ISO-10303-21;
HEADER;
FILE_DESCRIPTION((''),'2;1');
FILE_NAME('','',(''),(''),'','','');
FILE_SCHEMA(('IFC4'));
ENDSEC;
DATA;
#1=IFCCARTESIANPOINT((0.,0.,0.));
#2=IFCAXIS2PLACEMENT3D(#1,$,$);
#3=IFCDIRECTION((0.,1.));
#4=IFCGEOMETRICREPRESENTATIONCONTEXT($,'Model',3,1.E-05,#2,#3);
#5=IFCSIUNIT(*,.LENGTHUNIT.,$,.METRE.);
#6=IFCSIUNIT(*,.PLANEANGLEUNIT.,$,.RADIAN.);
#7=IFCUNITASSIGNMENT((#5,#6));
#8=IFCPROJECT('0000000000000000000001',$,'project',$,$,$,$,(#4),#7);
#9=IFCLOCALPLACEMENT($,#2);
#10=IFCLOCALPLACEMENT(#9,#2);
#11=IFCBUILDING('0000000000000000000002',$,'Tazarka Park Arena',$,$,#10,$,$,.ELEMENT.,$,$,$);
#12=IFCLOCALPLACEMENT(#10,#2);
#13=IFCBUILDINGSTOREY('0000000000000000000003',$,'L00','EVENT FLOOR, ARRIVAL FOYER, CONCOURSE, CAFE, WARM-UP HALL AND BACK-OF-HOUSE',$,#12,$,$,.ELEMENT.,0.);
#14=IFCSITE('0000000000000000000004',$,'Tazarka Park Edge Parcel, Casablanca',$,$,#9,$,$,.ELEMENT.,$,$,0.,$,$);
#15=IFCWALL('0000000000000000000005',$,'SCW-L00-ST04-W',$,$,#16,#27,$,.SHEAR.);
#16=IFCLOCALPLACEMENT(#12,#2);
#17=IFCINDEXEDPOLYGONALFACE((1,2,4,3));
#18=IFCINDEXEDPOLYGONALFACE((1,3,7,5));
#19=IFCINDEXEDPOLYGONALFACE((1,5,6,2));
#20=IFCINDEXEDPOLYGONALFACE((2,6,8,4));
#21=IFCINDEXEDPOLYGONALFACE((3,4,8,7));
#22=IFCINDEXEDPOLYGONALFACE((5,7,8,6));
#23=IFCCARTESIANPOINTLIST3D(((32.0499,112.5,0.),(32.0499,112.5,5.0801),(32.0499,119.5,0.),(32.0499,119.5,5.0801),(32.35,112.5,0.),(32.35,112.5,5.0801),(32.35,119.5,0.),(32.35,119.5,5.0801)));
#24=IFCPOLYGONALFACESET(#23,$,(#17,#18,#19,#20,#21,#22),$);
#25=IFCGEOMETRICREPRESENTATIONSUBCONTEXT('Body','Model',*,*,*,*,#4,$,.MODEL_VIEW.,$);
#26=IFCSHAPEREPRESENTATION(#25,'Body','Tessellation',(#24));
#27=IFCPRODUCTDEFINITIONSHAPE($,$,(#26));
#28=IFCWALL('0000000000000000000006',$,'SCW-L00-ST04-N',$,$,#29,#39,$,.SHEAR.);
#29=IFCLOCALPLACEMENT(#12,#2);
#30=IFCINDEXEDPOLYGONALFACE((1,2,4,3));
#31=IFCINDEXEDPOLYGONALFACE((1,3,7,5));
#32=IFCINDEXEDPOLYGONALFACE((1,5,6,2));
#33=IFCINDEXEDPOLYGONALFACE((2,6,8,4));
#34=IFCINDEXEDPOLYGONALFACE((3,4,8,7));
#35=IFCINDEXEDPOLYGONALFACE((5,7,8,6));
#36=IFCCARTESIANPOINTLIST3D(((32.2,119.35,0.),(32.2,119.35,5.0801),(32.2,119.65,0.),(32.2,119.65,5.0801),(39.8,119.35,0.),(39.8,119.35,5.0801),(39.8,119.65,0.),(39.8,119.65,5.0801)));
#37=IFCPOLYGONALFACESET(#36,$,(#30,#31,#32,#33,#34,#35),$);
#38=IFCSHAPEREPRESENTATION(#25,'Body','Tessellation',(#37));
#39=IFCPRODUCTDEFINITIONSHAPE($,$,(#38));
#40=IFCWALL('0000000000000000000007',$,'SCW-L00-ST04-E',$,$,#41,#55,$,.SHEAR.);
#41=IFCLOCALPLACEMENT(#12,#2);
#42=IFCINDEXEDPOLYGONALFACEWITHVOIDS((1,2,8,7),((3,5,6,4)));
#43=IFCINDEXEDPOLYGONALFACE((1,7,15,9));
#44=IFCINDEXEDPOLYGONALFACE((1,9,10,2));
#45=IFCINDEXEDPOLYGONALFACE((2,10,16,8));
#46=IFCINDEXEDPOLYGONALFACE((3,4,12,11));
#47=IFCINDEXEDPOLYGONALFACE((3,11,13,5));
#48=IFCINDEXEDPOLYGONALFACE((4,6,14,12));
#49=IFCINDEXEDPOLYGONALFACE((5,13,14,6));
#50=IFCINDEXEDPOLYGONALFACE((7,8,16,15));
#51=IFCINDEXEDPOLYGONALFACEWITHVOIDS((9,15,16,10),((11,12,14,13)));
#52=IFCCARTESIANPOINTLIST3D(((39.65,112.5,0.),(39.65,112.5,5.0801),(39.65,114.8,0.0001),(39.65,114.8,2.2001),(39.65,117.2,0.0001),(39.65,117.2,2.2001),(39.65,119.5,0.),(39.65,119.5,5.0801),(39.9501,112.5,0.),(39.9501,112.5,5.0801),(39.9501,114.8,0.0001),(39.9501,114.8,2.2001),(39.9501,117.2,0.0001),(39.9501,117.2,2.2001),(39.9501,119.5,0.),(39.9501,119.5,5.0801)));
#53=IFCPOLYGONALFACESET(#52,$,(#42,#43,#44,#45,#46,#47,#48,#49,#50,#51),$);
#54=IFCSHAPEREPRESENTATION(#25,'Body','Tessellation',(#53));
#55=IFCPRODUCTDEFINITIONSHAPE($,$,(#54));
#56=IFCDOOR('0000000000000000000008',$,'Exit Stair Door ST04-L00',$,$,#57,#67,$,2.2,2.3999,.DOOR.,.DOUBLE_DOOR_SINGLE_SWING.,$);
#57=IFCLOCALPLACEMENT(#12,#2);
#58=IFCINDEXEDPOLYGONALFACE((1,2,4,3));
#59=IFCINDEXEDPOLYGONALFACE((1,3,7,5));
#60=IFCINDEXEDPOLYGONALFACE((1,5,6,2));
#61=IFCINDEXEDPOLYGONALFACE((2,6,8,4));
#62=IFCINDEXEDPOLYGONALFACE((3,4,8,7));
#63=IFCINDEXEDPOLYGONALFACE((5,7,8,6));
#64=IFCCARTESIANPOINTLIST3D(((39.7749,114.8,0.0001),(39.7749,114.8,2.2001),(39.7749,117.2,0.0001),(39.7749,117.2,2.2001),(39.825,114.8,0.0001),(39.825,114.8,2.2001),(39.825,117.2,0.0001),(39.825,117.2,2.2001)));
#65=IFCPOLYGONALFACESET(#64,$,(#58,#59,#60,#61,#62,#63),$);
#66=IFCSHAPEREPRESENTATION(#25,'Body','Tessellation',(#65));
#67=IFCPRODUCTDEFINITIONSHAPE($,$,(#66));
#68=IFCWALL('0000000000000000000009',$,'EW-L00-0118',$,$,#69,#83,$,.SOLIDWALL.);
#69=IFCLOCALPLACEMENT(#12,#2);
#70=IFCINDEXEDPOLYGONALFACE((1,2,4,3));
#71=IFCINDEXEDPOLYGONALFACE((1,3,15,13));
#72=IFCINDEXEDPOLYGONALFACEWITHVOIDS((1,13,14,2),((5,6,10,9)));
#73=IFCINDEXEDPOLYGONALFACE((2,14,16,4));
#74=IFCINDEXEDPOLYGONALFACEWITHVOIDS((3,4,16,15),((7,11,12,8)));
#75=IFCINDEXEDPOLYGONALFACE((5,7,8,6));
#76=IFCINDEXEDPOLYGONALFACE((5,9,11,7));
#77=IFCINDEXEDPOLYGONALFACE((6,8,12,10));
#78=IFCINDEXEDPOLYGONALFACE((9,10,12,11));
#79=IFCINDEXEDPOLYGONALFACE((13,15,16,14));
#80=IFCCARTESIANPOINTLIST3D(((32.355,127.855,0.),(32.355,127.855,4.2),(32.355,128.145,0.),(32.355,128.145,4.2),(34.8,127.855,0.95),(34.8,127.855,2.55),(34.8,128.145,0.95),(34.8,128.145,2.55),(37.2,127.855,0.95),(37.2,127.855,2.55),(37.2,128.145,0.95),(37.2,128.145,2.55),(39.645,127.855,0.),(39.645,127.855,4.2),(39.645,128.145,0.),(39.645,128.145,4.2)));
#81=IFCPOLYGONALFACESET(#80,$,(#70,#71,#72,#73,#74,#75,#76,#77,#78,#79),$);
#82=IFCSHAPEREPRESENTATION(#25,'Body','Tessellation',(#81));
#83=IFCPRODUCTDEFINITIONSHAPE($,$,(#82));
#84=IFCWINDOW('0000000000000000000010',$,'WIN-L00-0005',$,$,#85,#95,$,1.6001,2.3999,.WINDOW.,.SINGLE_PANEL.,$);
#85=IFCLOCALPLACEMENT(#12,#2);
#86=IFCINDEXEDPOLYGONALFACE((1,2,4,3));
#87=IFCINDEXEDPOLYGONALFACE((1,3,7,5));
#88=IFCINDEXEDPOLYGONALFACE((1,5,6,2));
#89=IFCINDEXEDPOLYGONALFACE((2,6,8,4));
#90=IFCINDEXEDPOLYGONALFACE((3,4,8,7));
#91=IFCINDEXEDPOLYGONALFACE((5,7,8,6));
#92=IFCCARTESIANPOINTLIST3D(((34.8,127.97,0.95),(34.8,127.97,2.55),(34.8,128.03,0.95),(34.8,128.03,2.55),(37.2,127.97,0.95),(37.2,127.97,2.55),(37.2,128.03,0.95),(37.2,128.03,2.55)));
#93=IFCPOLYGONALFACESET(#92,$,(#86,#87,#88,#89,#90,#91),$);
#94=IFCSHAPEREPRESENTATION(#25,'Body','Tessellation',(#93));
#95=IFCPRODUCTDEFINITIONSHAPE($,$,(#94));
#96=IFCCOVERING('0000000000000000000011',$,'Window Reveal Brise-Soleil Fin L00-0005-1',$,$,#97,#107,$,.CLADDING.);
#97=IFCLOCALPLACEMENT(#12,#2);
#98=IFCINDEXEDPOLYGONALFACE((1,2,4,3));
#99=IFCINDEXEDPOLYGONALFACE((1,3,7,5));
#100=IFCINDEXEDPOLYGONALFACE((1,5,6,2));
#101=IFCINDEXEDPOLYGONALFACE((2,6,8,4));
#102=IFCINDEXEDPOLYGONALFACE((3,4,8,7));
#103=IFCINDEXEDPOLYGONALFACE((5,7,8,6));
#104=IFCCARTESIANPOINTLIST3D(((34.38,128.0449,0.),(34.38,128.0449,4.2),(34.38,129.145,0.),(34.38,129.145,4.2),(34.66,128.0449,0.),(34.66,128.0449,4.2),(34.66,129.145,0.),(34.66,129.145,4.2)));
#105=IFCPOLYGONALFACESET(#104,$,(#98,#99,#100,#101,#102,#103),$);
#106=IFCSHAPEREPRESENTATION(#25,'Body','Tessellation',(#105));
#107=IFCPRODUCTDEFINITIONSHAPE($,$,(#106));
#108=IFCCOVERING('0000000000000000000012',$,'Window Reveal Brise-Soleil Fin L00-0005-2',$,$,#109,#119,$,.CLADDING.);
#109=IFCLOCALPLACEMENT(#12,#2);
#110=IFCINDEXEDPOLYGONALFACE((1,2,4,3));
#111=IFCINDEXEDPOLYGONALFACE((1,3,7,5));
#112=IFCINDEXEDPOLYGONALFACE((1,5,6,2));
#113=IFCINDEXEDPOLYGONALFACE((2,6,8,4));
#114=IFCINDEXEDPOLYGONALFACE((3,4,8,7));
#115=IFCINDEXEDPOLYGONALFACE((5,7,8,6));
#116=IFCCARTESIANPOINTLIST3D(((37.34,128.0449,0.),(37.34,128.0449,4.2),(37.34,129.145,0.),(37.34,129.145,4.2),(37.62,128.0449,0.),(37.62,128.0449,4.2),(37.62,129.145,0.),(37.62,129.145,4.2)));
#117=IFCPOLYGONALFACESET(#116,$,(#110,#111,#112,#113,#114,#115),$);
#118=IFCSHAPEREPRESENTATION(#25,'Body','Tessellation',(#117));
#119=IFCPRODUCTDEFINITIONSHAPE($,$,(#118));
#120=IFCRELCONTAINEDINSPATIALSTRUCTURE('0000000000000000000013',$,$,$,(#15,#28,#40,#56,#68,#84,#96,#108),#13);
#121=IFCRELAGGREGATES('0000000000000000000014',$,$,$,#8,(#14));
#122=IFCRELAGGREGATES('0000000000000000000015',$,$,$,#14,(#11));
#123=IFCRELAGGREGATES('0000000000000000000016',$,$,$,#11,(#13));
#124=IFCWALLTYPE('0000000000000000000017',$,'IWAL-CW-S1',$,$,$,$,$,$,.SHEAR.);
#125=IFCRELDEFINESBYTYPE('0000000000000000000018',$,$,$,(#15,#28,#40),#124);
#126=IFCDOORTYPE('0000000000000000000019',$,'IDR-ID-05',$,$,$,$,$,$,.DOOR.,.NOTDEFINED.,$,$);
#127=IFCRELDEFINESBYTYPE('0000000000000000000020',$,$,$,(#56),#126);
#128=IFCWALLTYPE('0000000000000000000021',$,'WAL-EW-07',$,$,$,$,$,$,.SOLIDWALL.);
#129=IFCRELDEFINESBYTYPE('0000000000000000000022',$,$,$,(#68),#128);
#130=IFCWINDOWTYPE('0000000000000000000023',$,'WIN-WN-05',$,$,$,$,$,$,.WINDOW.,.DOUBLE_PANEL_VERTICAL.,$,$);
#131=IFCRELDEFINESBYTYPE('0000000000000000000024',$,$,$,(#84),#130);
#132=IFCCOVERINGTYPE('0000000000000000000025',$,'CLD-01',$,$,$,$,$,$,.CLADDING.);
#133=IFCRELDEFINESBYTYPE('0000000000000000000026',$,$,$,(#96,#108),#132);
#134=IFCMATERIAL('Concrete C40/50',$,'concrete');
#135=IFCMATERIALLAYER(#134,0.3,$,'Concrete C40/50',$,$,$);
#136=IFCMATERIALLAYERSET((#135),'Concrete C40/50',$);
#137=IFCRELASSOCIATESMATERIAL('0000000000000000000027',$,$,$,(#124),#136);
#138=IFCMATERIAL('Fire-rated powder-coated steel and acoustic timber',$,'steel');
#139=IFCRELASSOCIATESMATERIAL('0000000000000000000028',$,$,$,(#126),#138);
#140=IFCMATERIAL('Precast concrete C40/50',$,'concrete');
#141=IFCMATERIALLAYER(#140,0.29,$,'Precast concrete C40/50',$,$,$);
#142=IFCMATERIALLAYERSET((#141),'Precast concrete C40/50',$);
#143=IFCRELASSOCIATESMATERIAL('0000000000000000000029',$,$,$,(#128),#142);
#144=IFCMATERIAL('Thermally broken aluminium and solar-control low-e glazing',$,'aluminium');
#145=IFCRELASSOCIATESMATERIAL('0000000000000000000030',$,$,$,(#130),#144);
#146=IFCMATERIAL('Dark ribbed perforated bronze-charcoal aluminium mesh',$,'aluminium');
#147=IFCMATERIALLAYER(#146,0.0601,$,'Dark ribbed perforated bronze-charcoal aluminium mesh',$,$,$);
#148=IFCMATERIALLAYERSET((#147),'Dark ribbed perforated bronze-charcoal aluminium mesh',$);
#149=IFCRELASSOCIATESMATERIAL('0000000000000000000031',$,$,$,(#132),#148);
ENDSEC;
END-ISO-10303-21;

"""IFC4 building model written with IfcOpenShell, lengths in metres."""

from ifc_helpers import new_model, si_unit, direction, frame, frame_2d, origin, origin_2d, place, context, subcontext, project, spatial, rectangle, extrude, material, layer, layer_set, type_object, element, fill, save


model = new_model("IFC4")

# Units and contexts
model_context = context("Model", 3, precision=1e-05, world=origin(), true_north=direction((0.0, 1.0)))
body_context = subcontext(model_context, "Body", "Model", "MODEL_VIEW")
ifc_project = project(units=[si_unit("LENGTHUNIT", "METRE"), si_unit("PLANEANGLEUNIT", "RADIAN")], contexts=[model_context])

# Site, building, storey
site_placement = place(None, origin())
site = spatial("IfcSite", under=ifc_project, at=site_placement, Name="Tazarka Park Edge Parcel, Casablanca", CompositionType="ELEMENT", RefElevation=0.0)
building_placement = place(site_placement, origin())
building = spatial("IfcBuilding", under=site, at=building_placement, Name="Tazarka Park Arena", CompositionType="ELEMENT")
storey_placement = place(building_placement, origin())
storey = spatial("IfcBuildingStorey", under=building, at=storey_placement, Name="L00", Description="EVENT FLOOR, ARRIVAL FOYER, CONCOURSE, CAFE, WARM-UP HALL AND BACK-OF-HOUSE", CompositionType="ELEMENT", Elevation=0.0)

# Walls
ifc_material_1 = material(Name="Concrete C40/50", Category="concrete")
ifc_layer_1 = layer(ifc_material_1, 0.3, Name="Concrete C40/50")
ifc_layer_set_1 = layer_set([ifc_layer_1], Name="Concrete C40/50")
wall_type_1 = type_object("IfcWallType", Name="IWAL-CW-S1", PredefinedType="SHEAR", material=ifc_layer_set_1)
wall_1_placement = place(storey_placement, frame((32.2, 112.5, 0.0), z_axis=(0.0, 0.0, 1.0), x_axis=(0.0, 1.0, 0.0)))
element("IfcWall", 1, at=wall_1_placement, inside=storey, type_object=wall_type_1, Name="SCW-L00-ST04-W", PredefinedType="SHEAR", context=body_context, shape_type="SweptSolid", body=[
    extrude(rectangle(XDim=7.0, YDim=0.3, at=frame_2d((3.5, 0.0))), origin(), (0.0, 0.0, 1.0), 5.0801),
])
wall_2_placement = place(storey_placement, frame((32.2, 119.5, 0.0), z_axis=(0.0, 0.0, 1.0), x_axis=(1.0, 0.0, 0.0)))
element("IfcWall", 2, at=wall_2_placement, inside=storey, type_object=wall_type_1, Name="SCW-L00-ST04-N", PredefinedType="SHEAR", context=body_context, shape_type="SweptSolid", body=[
    extrude(rectangle(XDim=7.6001, YDim=0.3, at=frame_2d((3.8, 0.0))), origin(), (0.0, 0.0, 1.0), 5.0801),
])

# Wall, opening, door
wall_3_placement = place(storey_placement, frame((39.8, 119.5, 0.0), z_axis=(0.0, 0.0, 1.0), x_axis=(0.0, -1.0, 0.0)))
wall_3 = element("IfcWall", 3, at=wall_3_placement, inside=storey, type_object=wall_type_1, Name="SCW-L00-ST04-E", PredefinedType="SHEAR", context=body_context, shape_type="SweptSolid", body=[
    extrude(rectangle(XDim=7.0, YDim=0.3, at=frame_2d((3.5, 0.0))), origin(), (0.0, 0.0, 1.0), 5.0801),
])
opening_1_placement = place(wall_3_placement, frame((2.3, 0.0, 0.0)))
opening_1 = element("IfcOpeningElement", 4, at=opening_1_placement, cuts=wall_3, PredefinedType="OPENING", context=body_context, shape_type="SweptSolid", body=[
    extrude(rectangle(XDim=2.3999, YDim=2.2, at=frame_2d((1.2, 1.1001))), frame((0.0, 0.1602, 0.0), z_axis=(0.0, -1.0, 0.0), x_axis=(1.0, 0.0, 0.0)), (0.0, 0.0, 1.0), 0.3201),
])
ifc_material_2 = material(Name="Fire-rated powder-coated steel and acoustic timber", Category="steel")
door_type_1 = type_object("IfcDoorType", Name="IDR-ID-05", OperationType="NOTDEFINED", PredefinedType="DOOR", material=ifc_material_2)
door_1_placement = place(opening_1_placement, origin())
door_1 = element("IfcDoor", 5, at=door_1_placement, inside=storey, type_object=door_type_1, Name="Exit Stair Door ST04-L00", OperationType="DOUBLE_DOOR_SINGLE_SWING", OverallHeight=2.2, OverallWidth=2.3999, PredefinedType="DOOR", context=body_context, shape_type="SweptSolid", body=[
    extrude(rectangle(XDim=2.3999, YDim=2.2, at=frame_2d((1.2, 1.1001))), frame((0.0, 0.0249, 0.0), z_axis=(0.0, -1.0, 0.0), x_axis=(1.0, 0.0, 0.0)), (0.0, 0.0, 1.0), 0.05),
])
fill(opening_1, door_1)

# Wall, opening, window
ifc_material_3 = material(Name="Precast concrete C40/50", Category="concrete")
ifc_layer_2 = layer(ifc_material_3, 0.29, Name="Precast concrete C40/50")
ifc_layer_set_2 = layer_set([ifc_layer_2], Name="Precast concrete C40/50")
wall_type_2 = type_object("IfcWallType", Name="WAL-EW-07", PredefinedType="SOLIDWALL", material=ifc_layer_set_2)
wall_4_placement = place(storey_placement, frame((32.355, 128.0, 0.0), z_axis=(0.0, 0.0, 1.0), x_axis=(1.0, 0.0, 0.0)))
wall_4 = element("IfcWall", 6, at=wall_4_placement, inside=storey, type_object=wall_type_2, Name="EW-L00-0118", PredefinedType="SOLIDWALL", context=body_context, shape_type="SweptSolid", body=[
    extrude(rectangle(XDim=7.29, YDim=0.29, at=frame_2d((3.645, 0.0))), origin(), (0.0, 0.0, 1.0), 4.2),
])
opening_2_placement = place(wall_4_placement, frame((2.4451, 0.0, 0.95)))
opening_2 = element("IfcOpeningElement", 7, at=opening_2_placement, cuts=wall_4, PredefinedType="OPENING", context=body_context, shape_type="SweptSolid", body=[
    extrude(rectangle(XDim=2.3999, YDim=1.6001, at=frame_2d((1.2, 0.8))), frame((0.0, 0.155, 0.0), z_axis=(0.0, -1.0, 0.0), x_axis=(1.0, 0.0, 0.0)), (0.0, 0.0, 1.0), 0.3101),
])
ifc_material_4 = material(Name="Thermally broken aluminium and solar-control low-e glazing", Category="aluminium")
window_type = type_object("IfcWindowType", Name="WIN-WN-05", PartitioningType="DOUBLE_PANEL_VERTICAL", PredefinedType="WINDOW", material=ifc_material_4)
window_placement = place(opening_2_placement, origin())
window = element("IfcWindow", 8, at=window_placement, inside=storey, type_object=window_type, Name="WIN-L00-0005", OverallHeight=1.6001, OverallWidth=2.3999, PartitioningType="SINGLE_PANEL", PredefinedType="WINDOW", context=body_context, shape_type="SweptSolid", body=[
    extrude(rectangle(XDim=2.3999, YDim=1.6001, at=frame_2d((1.2, 0.8))), frame((0.0, 0.03, 0.0), z_axis=(0.0, -1.0, 0.0), x_axis=(1.0, 0.0, 0.0)), (0.0, 0.0, 1.0), 0.0601),
])
fill(opening_2, window)

# Coverings
ifc_material_5 = material(Name="Dark ribbed perforated bronze-charcoal aluminium mesh", Category="aluminium")
ifc_layer_3 = layer(ifc_material_5, 0.0601, Name="Dark ribbed perforated bronze-charcoal aluminium mesh")
ifc_layer_set_3 = layer_set([ifc_layer_3], Name="Dark ribbed perforated bronze-charcoal aluminium mesh")
covering_type = type_object("IfcCoveringType", Name="CLD-01", PredefinedType="CLADDING", material=ifc_layer_set_3)
for number, where, z_axis, x_axis, name in (
    (9, (34.52, 128.595, 0.0), (0.0, 0.0, 1.0), (1.0, 0.0, 0.0), "Window Reveal Brise-Soleil Fin L00-0005-1"),
    (10, (37.48, 128.595, 0.0), (0.0, 0.0, 1.0), (1.0, 0.0, 0.0), "Window Reveal Brise-Soleil Fin L00-0005-2"),
):
    element("IfcCovering", number, at=place(storey_placement, frame(where, z_axis=z_axis, x_axis=x_axis)), inside=storey, type_object=covering_type, Name=name, PredefinedType="CLADDING", context=body_context, shape_type="SweptSolid", body=[
        extrude(rectangle(XDim=0.28, YDim=1.1001, at=origin_2d()), origin(), (0.0, 0.0, 1.0), 4.2),
    ])

save(model, "model.ifc")
